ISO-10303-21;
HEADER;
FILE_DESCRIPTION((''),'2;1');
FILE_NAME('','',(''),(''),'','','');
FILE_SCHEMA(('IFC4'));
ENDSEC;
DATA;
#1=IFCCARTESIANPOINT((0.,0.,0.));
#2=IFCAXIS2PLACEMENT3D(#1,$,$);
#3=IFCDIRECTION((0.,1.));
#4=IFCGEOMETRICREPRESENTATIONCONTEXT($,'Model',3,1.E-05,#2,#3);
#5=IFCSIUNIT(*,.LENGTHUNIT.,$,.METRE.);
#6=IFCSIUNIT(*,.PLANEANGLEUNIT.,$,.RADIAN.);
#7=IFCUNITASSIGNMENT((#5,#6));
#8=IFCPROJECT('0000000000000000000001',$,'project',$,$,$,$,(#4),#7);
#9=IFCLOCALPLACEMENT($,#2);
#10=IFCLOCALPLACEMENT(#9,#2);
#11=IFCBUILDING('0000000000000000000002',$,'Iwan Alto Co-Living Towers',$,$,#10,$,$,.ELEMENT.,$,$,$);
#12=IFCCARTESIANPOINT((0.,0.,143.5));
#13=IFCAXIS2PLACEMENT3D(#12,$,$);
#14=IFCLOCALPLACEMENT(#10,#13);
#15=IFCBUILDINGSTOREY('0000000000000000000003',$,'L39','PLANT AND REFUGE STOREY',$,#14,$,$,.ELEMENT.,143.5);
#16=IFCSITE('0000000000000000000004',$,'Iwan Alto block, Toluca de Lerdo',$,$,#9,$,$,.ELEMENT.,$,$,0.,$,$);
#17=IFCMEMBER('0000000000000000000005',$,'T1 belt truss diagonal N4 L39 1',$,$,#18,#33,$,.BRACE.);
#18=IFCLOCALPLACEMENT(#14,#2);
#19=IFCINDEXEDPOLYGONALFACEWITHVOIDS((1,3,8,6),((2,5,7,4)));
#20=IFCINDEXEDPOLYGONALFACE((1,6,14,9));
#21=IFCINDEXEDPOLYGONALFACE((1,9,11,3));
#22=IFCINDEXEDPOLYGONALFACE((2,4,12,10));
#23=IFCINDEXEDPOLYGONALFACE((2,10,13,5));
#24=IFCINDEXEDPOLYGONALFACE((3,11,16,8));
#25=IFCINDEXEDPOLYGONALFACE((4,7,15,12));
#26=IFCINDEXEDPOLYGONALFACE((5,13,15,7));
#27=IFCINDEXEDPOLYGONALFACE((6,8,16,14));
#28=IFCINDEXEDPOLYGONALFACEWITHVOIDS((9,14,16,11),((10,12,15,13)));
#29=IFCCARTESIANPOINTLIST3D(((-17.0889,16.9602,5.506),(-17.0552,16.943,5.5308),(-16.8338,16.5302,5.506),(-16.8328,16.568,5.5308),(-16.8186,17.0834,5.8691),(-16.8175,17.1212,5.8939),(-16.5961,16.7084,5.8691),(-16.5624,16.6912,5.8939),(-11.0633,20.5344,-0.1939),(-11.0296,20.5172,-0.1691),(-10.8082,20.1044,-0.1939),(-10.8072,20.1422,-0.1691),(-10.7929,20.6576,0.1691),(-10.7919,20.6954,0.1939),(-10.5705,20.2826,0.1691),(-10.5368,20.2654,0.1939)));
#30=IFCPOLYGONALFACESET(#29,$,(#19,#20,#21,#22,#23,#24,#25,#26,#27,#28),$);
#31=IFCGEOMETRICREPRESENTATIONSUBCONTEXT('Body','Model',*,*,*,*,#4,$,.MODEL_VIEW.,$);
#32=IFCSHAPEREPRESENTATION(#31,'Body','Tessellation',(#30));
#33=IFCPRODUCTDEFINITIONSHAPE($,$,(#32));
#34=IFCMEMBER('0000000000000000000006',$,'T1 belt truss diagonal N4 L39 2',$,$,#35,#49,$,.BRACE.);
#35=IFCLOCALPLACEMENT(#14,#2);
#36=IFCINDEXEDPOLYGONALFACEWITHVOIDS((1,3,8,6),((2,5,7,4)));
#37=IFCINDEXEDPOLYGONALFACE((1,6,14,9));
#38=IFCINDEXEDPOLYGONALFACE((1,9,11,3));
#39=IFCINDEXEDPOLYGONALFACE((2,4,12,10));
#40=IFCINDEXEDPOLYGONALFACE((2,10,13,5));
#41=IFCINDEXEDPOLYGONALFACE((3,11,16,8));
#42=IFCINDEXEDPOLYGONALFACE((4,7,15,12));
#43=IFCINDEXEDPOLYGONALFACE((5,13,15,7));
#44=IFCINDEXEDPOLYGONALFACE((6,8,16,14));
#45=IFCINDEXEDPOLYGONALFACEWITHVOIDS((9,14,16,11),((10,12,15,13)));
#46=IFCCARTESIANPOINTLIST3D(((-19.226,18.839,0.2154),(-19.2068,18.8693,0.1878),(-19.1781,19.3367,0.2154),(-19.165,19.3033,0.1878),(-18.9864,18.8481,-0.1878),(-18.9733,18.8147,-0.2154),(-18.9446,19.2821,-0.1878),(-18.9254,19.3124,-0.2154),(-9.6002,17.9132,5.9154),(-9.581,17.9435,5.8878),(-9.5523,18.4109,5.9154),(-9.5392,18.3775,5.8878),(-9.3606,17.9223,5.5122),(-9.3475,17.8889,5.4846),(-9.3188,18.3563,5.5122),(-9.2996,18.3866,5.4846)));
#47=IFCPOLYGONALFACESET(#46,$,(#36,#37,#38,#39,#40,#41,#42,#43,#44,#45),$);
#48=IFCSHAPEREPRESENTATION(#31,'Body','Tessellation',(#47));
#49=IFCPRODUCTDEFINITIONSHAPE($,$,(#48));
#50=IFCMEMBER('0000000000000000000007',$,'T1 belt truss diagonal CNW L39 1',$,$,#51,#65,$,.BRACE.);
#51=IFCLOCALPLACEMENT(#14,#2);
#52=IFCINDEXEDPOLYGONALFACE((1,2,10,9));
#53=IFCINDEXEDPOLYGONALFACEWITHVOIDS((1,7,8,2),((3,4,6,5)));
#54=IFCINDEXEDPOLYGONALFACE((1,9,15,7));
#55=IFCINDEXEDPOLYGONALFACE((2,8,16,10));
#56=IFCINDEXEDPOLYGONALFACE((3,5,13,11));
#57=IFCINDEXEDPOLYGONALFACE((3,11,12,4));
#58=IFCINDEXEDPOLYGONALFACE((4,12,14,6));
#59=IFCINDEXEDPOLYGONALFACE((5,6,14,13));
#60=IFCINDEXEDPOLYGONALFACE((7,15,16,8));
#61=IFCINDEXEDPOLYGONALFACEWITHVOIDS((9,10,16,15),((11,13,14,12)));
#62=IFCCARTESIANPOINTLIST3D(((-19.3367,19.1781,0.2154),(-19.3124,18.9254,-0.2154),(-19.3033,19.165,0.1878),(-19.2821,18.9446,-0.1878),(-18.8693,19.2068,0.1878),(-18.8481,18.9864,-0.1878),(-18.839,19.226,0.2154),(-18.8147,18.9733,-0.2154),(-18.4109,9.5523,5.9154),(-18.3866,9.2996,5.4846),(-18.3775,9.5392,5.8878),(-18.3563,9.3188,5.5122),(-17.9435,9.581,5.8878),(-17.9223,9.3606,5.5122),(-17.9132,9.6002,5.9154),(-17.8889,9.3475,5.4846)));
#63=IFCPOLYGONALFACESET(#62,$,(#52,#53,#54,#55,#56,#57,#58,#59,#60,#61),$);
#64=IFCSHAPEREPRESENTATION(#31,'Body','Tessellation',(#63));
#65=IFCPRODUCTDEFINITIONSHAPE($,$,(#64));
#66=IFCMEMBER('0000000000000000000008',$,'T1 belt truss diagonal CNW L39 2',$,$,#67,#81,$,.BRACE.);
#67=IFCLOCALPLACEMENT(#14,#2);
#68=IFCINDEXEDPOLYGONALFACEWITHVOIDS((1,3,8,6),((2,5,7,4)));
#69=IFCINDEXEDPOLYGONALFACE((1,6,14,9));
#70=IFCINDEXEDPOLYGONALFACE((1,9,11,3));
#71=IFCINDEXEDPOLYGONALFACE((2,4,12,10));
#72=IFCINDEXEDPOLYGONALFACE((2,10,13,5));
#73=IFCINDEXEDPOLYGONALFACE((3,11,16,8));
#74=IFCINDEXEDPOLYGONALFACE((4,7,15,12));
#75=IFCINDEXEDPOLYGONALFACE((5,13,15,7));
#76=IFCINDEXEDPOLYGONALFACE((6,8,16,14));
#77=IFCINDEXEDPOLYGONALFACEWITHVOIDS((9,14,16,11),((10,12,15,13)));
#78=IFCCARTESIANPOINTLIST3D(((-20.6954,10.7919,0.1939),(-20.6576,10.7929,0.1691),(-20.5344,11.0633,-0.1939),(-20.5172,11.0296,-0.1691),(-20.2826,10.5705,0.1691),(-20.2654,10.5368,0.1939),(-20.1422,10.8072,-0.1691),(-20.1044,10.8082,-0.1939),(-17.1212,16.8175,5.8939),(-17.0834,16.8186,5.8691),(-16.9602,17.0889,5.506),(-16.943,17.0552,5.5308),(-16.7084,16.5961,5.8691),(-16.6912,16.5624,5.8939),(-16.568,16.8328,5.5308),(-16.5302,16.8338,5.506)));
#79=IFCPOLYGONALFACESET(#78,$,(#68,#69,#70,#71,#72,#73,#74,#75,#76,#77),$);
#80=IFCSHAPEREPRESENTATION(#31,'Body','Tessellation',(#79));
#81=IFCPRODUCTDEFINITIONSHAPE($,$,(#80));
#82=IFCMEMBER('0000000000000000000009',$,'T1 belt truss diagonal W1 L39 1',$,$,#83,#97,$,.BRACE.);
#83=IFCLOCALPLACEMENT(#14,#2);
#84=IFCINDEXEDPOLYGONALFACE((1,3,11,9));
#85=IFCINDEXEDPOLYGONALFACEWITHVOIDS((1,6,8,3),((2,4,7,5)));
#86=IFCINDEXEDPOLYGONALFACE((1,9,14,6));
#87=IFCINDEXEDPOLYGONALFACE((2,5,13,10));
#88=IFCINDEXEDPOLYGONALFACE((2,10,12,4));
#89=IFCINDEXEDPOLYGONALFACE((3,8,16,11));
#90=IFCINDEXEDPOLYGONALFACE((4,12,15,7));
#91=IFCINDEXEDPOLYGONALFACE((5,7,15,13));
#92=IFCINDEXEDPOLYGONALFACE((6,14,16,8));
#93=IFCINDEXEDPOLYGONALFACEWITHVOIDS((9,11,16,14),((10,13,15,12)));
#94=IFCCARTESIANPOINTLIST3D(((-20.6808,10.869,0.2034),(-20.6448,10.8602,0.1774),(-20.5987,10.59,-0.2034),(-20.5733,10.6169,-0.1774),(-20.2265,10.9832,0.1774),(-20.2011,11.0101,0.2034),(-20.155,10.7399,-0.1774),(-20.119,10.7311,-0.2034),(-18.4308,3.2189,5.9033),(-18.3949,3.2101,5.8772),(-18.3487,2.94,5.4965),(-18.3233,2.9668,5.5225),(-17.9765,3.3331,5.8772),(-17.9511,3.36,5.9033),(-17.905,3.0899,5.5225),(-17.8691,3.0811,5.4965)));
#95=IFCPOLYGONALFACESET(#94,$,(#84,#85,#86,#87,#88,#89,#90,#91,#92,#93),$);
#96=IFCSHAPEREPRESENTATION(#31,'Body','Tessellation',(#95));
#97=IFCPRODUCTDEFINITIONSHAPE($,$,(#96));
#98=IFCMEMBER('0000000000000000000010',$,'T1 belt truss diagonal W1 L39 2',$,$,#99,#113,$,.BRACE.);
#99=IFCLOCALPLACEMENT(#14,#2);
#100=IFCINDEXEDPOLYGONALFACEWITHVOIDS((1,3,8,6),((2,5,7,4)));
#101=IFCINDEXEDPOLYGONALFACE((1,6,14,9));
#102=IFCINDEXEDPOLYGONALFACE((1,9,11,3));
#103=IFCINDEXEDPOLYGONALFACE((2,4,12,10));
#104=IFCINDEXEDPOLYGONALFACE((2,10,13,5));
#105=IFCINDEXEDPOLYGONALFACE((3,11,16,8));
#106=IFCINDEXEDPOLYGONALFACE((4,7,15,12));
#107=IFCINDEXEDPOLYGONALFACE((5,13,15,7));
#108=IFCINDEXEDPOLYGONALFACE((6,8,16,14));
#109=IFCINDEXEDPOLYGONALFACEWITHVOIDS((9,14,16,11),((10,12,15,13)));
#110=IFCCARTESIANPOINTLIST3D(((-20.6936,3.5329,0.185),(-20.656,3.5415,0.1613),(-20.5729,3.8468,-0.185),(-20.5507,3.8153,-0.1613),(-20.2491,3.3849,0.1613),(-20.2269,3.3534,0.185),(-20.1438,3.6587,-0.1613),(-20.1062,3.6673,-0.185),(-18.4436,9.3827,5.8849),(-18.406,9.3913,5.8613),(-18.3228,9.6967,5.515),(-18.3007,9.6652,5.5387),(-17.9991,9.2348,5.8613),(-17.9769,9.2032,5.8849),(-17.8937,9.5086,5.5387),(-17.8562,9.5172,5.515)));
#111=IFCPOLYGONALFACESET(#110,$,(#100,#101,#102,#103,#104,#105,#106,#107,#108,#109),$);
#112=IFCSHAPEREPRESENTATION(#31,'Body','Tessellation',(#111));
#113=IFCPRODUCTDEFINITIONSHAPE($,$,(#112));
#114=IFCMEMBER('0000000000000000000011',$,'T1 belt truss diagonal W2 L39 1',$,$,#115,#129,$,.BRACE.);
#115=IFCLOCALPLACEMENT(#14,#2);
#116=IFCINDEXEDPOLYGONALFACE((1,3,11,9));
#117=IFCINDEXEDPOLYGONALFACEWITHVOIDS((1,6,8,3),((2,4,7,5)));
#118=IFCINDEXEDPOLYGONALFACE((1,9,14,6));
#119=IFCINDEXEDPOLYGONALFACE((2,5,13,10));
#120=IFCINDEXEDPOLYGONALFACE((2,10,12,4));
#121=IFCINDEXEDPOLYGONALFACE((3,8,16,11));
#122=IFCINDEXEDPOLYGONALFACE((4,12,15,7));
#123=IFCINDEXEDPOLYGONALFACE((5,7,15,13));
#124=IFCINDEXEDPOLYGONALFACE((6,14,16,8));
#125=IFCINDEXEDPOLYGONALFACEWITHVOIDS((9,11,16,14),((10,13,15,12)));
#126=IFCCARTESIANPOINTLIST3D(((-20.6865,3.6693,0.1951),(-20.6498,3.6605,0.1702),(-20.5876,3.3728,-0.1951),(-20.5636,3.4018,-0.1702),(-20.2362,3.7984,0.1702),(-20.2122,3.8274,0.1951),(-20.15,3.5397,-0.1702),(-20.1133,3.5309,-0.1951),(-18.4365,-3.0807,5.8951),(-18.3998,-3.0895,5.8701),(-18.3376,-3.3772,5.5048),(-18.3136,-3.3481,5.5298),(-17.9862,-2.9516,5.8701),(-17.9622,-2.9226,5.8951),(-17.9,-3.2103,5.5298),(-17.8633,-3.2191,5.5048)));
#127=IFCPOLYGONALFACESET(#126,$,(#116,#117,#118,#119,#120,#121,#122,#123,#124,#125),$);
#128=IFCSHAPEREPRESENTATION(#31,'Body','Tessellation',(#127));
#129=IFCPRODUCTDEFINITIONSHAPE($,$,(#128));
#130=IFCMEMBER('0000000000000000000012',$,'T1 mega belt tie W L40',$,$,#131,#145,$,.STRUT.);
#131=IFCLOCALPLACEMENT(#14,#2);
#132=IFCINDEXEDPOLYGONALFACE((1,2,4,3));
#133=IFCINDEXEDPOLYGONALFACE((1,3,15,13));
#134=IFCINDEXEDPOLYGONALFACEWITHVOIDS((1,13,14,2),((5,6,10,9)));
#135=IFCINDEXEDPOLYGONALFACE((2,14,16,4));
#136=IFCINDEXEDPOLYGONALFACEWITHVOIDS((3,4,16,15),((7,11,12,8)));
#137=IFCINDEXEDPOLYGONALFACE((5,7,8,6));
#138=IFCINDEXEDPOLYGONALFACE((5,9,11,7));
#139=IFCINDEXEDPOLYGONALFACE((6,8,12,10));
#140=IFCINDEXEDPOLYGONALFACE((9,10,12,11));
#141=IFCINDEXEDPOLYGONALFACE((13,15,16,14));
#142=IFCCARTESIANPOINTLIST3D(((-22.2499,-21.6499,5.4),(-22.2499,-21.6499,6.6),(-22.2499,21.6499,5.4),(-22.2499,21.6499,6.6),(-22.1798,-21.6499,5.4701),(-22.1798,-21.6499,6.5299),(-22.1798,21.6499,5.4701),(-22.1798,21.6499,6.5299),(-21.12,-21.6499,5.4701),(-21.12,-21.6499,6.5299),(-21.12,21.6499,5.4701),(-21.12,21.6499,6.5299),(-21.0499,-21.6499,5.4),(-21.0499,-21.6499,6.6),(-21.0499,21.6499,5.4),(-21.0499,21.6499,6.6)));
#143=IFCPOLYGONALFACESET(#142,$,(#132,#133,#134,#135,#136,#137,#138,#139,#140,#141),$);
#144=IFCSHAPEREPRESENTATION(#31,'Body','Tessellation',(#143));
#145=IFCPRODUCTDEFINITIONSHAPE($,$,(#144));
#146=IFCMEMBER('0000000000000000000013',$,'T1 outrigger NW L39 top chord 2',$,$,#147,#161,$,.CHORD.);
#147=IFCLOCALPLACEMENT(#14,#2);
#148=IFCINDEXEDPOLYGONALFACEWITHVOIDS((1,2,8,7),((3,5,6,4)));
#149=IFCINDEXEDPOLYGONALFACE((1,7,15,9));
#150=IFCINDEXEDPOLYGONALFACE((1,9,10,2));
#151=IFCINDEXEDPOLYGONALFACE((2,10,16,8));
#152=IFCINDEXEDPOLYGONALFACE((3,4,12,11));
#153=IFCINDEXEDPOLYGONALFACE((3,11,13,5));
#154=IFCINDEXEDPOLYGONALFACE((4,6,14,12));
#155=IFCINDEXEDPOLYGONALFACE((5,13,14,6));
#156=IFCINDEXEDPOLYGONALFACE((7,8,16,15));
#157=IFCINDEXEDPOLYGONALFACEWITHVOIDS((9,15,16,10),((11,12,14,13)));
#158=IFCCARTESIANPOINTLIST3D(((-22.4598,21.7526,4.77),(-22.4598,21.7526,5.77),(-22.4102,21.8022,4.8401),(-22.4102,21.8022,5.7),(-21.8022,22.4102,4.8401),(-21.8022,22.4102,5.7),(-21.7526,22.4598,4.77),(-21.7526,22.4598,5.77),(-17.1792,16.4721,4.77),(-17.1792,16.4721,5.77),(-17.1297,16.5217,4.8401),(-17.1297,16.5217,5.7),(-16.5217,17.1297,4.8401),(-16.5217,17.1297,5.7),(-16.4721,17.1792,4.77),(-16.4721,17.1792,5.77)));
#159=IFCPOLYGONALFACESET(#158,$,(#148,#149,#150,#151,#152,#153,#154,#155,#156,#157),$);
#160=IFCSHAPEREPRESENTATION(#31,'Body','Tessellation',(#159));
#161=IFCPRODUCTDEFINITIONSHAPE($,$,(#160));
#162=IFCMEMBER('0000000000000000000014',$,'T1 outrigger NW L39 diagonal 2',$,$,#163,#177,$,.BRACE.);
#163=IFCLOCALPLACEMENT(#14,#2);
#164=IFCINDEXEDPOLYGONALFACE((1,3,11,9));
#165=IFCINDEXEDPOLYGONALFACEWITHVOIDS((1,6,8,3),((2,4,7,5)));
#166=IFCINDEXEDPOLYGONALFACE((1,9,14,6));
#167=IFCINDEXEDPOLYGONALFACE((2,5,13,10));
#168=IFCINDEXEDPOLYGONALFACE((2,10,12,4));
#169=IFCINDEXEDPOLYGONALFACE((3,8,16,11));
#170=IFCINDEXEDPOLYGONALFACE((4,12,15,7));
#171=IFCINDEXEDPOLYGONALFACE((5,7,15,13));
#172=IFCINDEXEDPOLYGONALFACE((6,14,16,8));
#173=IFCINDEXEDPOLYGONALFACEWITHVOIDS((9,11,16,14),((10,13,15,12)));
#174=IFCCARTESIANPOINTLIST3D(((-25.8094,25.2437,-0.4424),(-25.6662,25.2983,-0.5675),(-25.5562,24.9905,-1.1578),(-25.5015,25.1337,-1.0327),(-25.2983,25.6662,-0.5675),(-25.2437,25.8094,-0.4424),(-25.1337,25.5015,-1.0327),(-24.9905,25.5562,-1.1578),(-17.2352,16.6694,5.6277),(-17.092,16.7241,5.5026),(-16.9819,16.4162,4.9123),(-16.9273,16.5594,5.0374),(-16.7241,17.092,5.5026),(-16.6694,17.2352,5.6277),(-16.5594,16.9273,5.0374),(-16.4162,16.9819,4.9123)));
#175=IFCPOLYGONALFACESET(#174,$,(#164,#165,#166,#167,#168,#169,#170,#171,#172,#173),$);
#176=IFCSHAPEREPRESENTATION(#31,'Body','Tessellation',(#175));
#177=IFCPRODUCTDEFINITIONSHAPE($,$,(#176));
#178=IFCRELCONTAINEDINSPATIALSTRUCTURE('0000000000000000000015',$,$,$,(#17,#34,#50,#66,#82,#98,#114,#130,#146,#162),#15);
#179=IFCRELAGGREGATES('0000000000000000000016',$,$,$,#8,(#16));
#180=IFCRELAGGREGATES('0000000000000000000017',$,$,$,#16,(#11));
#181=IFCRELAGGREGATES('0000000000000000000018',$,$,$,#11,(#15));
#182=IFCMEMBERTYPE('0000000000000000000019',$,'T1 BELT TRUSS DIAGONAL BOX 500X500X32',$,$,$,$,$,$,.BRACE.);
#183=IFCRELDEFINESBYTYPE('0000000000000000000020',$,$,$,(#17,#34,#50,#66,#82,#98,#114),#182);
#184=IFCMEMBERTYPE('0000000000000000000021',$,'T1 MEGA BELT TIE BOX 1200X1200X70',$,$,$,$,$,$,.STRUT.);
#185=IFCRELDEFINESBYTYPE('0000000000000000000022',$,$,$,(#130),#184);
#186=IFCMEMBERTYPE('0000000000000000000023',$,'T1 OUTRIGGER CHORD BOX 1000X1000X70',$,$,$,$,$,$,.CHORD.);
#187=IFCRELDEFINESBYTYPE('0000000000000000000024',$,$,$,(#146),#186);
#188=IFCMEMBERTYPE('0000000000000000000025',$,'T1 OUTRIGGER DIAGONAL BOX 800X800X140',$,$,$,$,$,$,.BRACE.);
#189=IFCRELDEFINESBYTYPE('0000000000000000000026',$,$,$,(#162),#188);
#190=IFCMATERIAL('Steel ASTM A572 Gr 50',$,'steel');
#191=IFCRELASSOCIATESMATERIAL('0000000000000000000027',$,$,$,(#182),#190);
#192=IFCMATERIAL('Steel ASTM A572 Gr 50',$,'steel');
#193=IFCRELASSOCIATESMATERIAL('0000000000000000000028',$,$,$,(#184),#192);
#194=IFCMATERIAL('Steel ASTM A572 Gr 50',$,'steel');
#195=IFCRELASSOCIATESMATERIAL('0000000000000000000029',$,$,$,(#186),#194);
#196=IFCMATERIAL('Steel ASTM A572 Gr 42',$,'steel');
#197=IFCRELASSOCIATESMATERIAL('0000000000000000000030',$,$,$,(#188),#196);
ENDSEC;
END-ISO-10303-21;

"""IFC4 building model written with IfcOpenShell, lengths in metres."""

from ifc_helpers import new_model, si_unit, direction, frame, origin, origin_2d, place, context, subcontext, project, spatial, hollow_rectangle, extrude, material, material_profile, profile_set, type_object, element, save


model = new_model("IFC4")

# Units and contexts
model_context = context("Model", 3, precision=1e-05, world=origin(), true_north=direction((0.0, 1.0)))
body_context = subcontext(model_context, "Body", "Model", "MODEL_VIEW")
ifc_project = project(units=[si_unit("LENGTHUNIT", "METRE"), si_unit("PLANEANGLEUNIT", "RADIAN")], contexts=[model_context])

# Site, building, storey
site_placement = place(None, origin())
site = spatial("IfcSite", under=ifc_project, at=site_placement, Name="Iwan Alto block, Toluca de Lerdo", CompositionType="ELEMENT", RefElevation=0.0)
building_placement = place(site_placement, origin())
building = spatial("IfcBuilding", under=site, at=building_placement, Name="Iwan Alto Co-Living Towers", CompositionType="ELEMENT")
storey_placement = place(building_placement, frame((0.0, 0.0, 143.5)))
storey = spatial("IfcBuildingStorey", under=building, at=storey_placement, Name="L39", Description="PLANT AND REFUGE STOREY", CompositionType="ELEMENT", Elevation=143.5)

# Members
ifc_material_1 = material(Name="Steel ASTM A572 Gr 50", Category="steel")
ifc_material_profile_1 = material_profile(ifc_material_1, hollow_rectangle(XDim=0.5, YDim=0.5, WallThickness=0.032, at=origin_2d()), Name="BOX 500X500X32")
ifc_profile_set_1 = profile_set([ifc_material_profile_1], Name="Steel ASTM A572 Gr 50")
member_type_1 = type_object("IfcMemberType", Name="T1 BELT TRUSS DIAGONAL BOX 500X500X32", PredefinedType="BRACE", material=ifc_profile_set_1)
member_1_placement = place(storey_placement, frame((-10.8, 20.3999, 0.0), z_axis=(-0.66716, -0.395739, 0.631101), x_axis=(0.510169, -0.860074, 0.0)))
element("IfcMember", 1, at=member_1_placement, inside=storey, type_object=member_type_1, Name="T1 belt truss diagonal N4 L39 1", PredefinedType="BRACE", context=body_context, shape_type="SweptSolid", body=[
    extrude(hollow_rectangle(XDim=0.5, YDim=0.5, WallThickness=0.032, at=origin_2d()), origin(), (0.0, 0.0, 1.0), 9.0317),
])
for number, where, z_axis, x_axis, name in (
    (2, (-19.0757, 19.0757, 0.0), (0.857524, -0.082475, 0.50779), (0.095736, 0.995407, 0.0), "T1 belt truss diagonal N4 L39 2"),
    (3, (-19.0757, 19.0757, 0.0), (0.082475, -0.857524, 0.50779), (0.995407, 0.095736, 0.0), "T1 belt truss diagonal CNW L39 1"),
):
    element("IfcMember", number, at=place(storey_placement, frame(where, z_axis=z_axis, x_axis=x_axis)), inside=storey, type_object=member_type_1, Name=name, PredefinedType="BRACE", context=body_context, shape_type="SweptSolid", body=[
        extrude(hollow_rectangle(XDim=0.5, YDim=0.5, WallThickness=0.032, at=origin_2d()), origin(), (0.0, 0.0, 1.0), 11.2251),
    ])
member_2_placement = place(storey_placement, frame((-20.3999, 10.8, 0.0), z_axis=(0.395739, 0.66716, 0.631101), x_axis=(-0.860074, 0.510169, 0.0)))
element("IfcMember", 4, at=member_2_placement, inside=storey, type_object=member_type_1, Name="T1 belt truss diagonal CNW L39 2", PredefinedType="BRACE", context=body_context, shape_type="SweptSolid", body=[
    extrude(hollow_rectangle(XDim=0.5, YDim=0.5, WallThickness=0.032, at=origin_2d()), origin(), (0.0, 0.0, 1.0), 9.0317),
])
member_3_placement = place(storey_placement, frame((-20.3999, 10.8, 0.0), z_axis=(0.229548, -0.780478, 0.581517), x_axis=(0.959367, 0.282161, 0.0)))
element("IfcMember", 5, at=member_3_placement, inside=storey, type_object=member_type_1, Name="T1 belt truss diagonal W1 L39 1", PredefinedType="BRACE", context=body_context, shape_type="SweptSolid", body=[
    extrude(hollow_rectangle(XDim=0.5, YDim=0.5, WallThickness=0.032, at=origin_2d()), origin(), (0.0, 0.0, 1.0), 9.8018),
])
member_4_placement = place(storey_placement, frame((-20.3999, 3.6001, 0.0), z_axis=(0.265585, 0.690503, 0.672808), x_axis=(-0.933343, 0.358987, 0.0)))
element("IfcMember", 6, at=member_4_placement, inside=storey, type_object=member_type_1, Name="T1 belt truss diagonal W1 L39 2", PredefinedType="BRACE", context=body_context, shape_type="SweptSolid", body=[
    extrude(hollow_rectangle(XDim=0.5, YDim=0.5, WallThickness=0.032, at=origin_2d()), origin(), (0.0, 0.0, 1.0), 8.4719),
])
member_5_placement = place(storey_placement, frame((-20.3999, 3.6001, 0.0), z_axis=(0.246799, -0.740398, 0.62522), x_axis=(0.948683, 0.316228, 0.0)))
element("IfcMember", 7, at=member_5_placement, inside=storey, type_object=member_type_1, Name="T1 belt truss diagonal W2 L39 1", PredefinedType="BRACE", context=body_context, shape_type="SweptSolid", body=[
    extrude(hollow_rectangle(XDim=0.5, YDim=0.5, WallThickness=0.032, at=origin_2d()), origin(), (0.0, 0.0, 1.0), 9.1167),
])
ifc_material_2 = material(Name="Steel ASTM A572 Gr 50", Category="steel")
ifc_material_profile_2 = material_profile(ifc_material_2, hollow_rectangle(XDim=1.2, YDim=1.2, WallThickness=0.0701, at=origin_2d()), Name="BOX 1200X1200X70")
ifc_profile_set_2 = profile_set([ifc_material_profile_2], Name="Steel ASTM A572 Gr 50")
member_type_2 = type_object("IfcMemberType", Name="T1 MEGA BELT TIE BOX 1200X1200X70", PredefinedType="STRUT", material=ifc_profile_set_2)
member_6_placement = place(storey_placement, frame((-21.6499, 21.6499, 6.0), z_axis=(0.0, -1.0, 0.0), x_axis=(1.0, 0.0, 0.0)))
element("IfcMember", 8, at=member_6_placement, inside=storey, type_object=member_type_2, Name="T1 mega belt tie W L40", PredefinedType="STRUT", context=body_context, shape_type="SweptSolid", body=[
    extrude(hollow_rectangle(XDim=1.2, YDim=1.2, WallThickness=0.0701, at=origin_2d()), origin(), (0.0, 0.0, 1.0), 43.2998),
])
ifc_material_3 = material(Name="Steel ASTM A572 Gr 50", Category="steel")
ifc_material_profile_3 = material_profile(ifc_material_3, hollow_rectangle(XDim=1.0, YDim=1.0, WallThickness=0.0701, at=origin_2d()), Name="BOX 1000X1000X70")
ifc_profile_set_3 = profile_set([ifc_material_profile_3], Name="Steel ASTM A572 Gr 50")
member_type_3 = type_object("IfcMemberType", Name="T1 OUTRIGGER CHORD BOX 1000X1000X70", PredefinedType="CHORD", material=ifc_profile_set_3)
member_7_placement = place(storey_placement, frame((-16.8257, 16.8257, 5.27), z_axis=(-0.707107, 0.707107, 0.0), x_axis=(-0.707107, -0.707107, 0.0)))
element("IfcMember", 9, at=member_7_placement, inside=storey, type_object=member_type_3, Name="T1 outrigger NW L39 top chord 2", PredefinedType="CHORD", context=body_context, shape_type="SweptSolid", body=[
    extrude(hollow_rectangle(XDim=1.0, YDim=1.0, WallThickness=0.0701, at=origin_2d()), origin(), (0.0, 0.0, 1.0), 7.4678),
])
ifc_material_4 = material(Name="Steel ASTM A572 Gr 42", Category="steel")
ifc_material_profile_4 = material_profile(ifc_material_4, hollow_rectangle(XDim=0.8, YDim=0.8, WallThickness=0.1399, at=origin_2d()), Name="BOX 800X800X140")
ifc_profile_set_4 = profile_set([ifc_material_profile_4], Name="Steel ASTM A572 Gr 42")
member_type_4 = type_object("IfcMemberType", Name="T1 OUTRIGGER DIAGONAL BOX 800X800X140", PredefinedType="BRACE", material=ifc_profile_set_4)
member_8_placement = place(storey_placement, frame((-16.8257, 16.8257, 5.27), z_axis=(-0.632306, 0.632306, -0.447637), x_axis=(-0.707107, -0.707107, 0.0)))
element("IfcMember", 10, at=member_8_placement, inside=storey, type_object=member_type_4, Name="T1 outrigger NW L39 diagonal 2", PredefinedType="BRACE", context=body_context, shape_type="SweptSolid", body=[
    extrude(hollow_rectangle(XDim=0.8, YDim=0.8, WallThickness=0.1399, at=origin_2d()), origin(), (0.0, 0.0, 1.0), 13.5603),
])

save(model, "model.ifc")
